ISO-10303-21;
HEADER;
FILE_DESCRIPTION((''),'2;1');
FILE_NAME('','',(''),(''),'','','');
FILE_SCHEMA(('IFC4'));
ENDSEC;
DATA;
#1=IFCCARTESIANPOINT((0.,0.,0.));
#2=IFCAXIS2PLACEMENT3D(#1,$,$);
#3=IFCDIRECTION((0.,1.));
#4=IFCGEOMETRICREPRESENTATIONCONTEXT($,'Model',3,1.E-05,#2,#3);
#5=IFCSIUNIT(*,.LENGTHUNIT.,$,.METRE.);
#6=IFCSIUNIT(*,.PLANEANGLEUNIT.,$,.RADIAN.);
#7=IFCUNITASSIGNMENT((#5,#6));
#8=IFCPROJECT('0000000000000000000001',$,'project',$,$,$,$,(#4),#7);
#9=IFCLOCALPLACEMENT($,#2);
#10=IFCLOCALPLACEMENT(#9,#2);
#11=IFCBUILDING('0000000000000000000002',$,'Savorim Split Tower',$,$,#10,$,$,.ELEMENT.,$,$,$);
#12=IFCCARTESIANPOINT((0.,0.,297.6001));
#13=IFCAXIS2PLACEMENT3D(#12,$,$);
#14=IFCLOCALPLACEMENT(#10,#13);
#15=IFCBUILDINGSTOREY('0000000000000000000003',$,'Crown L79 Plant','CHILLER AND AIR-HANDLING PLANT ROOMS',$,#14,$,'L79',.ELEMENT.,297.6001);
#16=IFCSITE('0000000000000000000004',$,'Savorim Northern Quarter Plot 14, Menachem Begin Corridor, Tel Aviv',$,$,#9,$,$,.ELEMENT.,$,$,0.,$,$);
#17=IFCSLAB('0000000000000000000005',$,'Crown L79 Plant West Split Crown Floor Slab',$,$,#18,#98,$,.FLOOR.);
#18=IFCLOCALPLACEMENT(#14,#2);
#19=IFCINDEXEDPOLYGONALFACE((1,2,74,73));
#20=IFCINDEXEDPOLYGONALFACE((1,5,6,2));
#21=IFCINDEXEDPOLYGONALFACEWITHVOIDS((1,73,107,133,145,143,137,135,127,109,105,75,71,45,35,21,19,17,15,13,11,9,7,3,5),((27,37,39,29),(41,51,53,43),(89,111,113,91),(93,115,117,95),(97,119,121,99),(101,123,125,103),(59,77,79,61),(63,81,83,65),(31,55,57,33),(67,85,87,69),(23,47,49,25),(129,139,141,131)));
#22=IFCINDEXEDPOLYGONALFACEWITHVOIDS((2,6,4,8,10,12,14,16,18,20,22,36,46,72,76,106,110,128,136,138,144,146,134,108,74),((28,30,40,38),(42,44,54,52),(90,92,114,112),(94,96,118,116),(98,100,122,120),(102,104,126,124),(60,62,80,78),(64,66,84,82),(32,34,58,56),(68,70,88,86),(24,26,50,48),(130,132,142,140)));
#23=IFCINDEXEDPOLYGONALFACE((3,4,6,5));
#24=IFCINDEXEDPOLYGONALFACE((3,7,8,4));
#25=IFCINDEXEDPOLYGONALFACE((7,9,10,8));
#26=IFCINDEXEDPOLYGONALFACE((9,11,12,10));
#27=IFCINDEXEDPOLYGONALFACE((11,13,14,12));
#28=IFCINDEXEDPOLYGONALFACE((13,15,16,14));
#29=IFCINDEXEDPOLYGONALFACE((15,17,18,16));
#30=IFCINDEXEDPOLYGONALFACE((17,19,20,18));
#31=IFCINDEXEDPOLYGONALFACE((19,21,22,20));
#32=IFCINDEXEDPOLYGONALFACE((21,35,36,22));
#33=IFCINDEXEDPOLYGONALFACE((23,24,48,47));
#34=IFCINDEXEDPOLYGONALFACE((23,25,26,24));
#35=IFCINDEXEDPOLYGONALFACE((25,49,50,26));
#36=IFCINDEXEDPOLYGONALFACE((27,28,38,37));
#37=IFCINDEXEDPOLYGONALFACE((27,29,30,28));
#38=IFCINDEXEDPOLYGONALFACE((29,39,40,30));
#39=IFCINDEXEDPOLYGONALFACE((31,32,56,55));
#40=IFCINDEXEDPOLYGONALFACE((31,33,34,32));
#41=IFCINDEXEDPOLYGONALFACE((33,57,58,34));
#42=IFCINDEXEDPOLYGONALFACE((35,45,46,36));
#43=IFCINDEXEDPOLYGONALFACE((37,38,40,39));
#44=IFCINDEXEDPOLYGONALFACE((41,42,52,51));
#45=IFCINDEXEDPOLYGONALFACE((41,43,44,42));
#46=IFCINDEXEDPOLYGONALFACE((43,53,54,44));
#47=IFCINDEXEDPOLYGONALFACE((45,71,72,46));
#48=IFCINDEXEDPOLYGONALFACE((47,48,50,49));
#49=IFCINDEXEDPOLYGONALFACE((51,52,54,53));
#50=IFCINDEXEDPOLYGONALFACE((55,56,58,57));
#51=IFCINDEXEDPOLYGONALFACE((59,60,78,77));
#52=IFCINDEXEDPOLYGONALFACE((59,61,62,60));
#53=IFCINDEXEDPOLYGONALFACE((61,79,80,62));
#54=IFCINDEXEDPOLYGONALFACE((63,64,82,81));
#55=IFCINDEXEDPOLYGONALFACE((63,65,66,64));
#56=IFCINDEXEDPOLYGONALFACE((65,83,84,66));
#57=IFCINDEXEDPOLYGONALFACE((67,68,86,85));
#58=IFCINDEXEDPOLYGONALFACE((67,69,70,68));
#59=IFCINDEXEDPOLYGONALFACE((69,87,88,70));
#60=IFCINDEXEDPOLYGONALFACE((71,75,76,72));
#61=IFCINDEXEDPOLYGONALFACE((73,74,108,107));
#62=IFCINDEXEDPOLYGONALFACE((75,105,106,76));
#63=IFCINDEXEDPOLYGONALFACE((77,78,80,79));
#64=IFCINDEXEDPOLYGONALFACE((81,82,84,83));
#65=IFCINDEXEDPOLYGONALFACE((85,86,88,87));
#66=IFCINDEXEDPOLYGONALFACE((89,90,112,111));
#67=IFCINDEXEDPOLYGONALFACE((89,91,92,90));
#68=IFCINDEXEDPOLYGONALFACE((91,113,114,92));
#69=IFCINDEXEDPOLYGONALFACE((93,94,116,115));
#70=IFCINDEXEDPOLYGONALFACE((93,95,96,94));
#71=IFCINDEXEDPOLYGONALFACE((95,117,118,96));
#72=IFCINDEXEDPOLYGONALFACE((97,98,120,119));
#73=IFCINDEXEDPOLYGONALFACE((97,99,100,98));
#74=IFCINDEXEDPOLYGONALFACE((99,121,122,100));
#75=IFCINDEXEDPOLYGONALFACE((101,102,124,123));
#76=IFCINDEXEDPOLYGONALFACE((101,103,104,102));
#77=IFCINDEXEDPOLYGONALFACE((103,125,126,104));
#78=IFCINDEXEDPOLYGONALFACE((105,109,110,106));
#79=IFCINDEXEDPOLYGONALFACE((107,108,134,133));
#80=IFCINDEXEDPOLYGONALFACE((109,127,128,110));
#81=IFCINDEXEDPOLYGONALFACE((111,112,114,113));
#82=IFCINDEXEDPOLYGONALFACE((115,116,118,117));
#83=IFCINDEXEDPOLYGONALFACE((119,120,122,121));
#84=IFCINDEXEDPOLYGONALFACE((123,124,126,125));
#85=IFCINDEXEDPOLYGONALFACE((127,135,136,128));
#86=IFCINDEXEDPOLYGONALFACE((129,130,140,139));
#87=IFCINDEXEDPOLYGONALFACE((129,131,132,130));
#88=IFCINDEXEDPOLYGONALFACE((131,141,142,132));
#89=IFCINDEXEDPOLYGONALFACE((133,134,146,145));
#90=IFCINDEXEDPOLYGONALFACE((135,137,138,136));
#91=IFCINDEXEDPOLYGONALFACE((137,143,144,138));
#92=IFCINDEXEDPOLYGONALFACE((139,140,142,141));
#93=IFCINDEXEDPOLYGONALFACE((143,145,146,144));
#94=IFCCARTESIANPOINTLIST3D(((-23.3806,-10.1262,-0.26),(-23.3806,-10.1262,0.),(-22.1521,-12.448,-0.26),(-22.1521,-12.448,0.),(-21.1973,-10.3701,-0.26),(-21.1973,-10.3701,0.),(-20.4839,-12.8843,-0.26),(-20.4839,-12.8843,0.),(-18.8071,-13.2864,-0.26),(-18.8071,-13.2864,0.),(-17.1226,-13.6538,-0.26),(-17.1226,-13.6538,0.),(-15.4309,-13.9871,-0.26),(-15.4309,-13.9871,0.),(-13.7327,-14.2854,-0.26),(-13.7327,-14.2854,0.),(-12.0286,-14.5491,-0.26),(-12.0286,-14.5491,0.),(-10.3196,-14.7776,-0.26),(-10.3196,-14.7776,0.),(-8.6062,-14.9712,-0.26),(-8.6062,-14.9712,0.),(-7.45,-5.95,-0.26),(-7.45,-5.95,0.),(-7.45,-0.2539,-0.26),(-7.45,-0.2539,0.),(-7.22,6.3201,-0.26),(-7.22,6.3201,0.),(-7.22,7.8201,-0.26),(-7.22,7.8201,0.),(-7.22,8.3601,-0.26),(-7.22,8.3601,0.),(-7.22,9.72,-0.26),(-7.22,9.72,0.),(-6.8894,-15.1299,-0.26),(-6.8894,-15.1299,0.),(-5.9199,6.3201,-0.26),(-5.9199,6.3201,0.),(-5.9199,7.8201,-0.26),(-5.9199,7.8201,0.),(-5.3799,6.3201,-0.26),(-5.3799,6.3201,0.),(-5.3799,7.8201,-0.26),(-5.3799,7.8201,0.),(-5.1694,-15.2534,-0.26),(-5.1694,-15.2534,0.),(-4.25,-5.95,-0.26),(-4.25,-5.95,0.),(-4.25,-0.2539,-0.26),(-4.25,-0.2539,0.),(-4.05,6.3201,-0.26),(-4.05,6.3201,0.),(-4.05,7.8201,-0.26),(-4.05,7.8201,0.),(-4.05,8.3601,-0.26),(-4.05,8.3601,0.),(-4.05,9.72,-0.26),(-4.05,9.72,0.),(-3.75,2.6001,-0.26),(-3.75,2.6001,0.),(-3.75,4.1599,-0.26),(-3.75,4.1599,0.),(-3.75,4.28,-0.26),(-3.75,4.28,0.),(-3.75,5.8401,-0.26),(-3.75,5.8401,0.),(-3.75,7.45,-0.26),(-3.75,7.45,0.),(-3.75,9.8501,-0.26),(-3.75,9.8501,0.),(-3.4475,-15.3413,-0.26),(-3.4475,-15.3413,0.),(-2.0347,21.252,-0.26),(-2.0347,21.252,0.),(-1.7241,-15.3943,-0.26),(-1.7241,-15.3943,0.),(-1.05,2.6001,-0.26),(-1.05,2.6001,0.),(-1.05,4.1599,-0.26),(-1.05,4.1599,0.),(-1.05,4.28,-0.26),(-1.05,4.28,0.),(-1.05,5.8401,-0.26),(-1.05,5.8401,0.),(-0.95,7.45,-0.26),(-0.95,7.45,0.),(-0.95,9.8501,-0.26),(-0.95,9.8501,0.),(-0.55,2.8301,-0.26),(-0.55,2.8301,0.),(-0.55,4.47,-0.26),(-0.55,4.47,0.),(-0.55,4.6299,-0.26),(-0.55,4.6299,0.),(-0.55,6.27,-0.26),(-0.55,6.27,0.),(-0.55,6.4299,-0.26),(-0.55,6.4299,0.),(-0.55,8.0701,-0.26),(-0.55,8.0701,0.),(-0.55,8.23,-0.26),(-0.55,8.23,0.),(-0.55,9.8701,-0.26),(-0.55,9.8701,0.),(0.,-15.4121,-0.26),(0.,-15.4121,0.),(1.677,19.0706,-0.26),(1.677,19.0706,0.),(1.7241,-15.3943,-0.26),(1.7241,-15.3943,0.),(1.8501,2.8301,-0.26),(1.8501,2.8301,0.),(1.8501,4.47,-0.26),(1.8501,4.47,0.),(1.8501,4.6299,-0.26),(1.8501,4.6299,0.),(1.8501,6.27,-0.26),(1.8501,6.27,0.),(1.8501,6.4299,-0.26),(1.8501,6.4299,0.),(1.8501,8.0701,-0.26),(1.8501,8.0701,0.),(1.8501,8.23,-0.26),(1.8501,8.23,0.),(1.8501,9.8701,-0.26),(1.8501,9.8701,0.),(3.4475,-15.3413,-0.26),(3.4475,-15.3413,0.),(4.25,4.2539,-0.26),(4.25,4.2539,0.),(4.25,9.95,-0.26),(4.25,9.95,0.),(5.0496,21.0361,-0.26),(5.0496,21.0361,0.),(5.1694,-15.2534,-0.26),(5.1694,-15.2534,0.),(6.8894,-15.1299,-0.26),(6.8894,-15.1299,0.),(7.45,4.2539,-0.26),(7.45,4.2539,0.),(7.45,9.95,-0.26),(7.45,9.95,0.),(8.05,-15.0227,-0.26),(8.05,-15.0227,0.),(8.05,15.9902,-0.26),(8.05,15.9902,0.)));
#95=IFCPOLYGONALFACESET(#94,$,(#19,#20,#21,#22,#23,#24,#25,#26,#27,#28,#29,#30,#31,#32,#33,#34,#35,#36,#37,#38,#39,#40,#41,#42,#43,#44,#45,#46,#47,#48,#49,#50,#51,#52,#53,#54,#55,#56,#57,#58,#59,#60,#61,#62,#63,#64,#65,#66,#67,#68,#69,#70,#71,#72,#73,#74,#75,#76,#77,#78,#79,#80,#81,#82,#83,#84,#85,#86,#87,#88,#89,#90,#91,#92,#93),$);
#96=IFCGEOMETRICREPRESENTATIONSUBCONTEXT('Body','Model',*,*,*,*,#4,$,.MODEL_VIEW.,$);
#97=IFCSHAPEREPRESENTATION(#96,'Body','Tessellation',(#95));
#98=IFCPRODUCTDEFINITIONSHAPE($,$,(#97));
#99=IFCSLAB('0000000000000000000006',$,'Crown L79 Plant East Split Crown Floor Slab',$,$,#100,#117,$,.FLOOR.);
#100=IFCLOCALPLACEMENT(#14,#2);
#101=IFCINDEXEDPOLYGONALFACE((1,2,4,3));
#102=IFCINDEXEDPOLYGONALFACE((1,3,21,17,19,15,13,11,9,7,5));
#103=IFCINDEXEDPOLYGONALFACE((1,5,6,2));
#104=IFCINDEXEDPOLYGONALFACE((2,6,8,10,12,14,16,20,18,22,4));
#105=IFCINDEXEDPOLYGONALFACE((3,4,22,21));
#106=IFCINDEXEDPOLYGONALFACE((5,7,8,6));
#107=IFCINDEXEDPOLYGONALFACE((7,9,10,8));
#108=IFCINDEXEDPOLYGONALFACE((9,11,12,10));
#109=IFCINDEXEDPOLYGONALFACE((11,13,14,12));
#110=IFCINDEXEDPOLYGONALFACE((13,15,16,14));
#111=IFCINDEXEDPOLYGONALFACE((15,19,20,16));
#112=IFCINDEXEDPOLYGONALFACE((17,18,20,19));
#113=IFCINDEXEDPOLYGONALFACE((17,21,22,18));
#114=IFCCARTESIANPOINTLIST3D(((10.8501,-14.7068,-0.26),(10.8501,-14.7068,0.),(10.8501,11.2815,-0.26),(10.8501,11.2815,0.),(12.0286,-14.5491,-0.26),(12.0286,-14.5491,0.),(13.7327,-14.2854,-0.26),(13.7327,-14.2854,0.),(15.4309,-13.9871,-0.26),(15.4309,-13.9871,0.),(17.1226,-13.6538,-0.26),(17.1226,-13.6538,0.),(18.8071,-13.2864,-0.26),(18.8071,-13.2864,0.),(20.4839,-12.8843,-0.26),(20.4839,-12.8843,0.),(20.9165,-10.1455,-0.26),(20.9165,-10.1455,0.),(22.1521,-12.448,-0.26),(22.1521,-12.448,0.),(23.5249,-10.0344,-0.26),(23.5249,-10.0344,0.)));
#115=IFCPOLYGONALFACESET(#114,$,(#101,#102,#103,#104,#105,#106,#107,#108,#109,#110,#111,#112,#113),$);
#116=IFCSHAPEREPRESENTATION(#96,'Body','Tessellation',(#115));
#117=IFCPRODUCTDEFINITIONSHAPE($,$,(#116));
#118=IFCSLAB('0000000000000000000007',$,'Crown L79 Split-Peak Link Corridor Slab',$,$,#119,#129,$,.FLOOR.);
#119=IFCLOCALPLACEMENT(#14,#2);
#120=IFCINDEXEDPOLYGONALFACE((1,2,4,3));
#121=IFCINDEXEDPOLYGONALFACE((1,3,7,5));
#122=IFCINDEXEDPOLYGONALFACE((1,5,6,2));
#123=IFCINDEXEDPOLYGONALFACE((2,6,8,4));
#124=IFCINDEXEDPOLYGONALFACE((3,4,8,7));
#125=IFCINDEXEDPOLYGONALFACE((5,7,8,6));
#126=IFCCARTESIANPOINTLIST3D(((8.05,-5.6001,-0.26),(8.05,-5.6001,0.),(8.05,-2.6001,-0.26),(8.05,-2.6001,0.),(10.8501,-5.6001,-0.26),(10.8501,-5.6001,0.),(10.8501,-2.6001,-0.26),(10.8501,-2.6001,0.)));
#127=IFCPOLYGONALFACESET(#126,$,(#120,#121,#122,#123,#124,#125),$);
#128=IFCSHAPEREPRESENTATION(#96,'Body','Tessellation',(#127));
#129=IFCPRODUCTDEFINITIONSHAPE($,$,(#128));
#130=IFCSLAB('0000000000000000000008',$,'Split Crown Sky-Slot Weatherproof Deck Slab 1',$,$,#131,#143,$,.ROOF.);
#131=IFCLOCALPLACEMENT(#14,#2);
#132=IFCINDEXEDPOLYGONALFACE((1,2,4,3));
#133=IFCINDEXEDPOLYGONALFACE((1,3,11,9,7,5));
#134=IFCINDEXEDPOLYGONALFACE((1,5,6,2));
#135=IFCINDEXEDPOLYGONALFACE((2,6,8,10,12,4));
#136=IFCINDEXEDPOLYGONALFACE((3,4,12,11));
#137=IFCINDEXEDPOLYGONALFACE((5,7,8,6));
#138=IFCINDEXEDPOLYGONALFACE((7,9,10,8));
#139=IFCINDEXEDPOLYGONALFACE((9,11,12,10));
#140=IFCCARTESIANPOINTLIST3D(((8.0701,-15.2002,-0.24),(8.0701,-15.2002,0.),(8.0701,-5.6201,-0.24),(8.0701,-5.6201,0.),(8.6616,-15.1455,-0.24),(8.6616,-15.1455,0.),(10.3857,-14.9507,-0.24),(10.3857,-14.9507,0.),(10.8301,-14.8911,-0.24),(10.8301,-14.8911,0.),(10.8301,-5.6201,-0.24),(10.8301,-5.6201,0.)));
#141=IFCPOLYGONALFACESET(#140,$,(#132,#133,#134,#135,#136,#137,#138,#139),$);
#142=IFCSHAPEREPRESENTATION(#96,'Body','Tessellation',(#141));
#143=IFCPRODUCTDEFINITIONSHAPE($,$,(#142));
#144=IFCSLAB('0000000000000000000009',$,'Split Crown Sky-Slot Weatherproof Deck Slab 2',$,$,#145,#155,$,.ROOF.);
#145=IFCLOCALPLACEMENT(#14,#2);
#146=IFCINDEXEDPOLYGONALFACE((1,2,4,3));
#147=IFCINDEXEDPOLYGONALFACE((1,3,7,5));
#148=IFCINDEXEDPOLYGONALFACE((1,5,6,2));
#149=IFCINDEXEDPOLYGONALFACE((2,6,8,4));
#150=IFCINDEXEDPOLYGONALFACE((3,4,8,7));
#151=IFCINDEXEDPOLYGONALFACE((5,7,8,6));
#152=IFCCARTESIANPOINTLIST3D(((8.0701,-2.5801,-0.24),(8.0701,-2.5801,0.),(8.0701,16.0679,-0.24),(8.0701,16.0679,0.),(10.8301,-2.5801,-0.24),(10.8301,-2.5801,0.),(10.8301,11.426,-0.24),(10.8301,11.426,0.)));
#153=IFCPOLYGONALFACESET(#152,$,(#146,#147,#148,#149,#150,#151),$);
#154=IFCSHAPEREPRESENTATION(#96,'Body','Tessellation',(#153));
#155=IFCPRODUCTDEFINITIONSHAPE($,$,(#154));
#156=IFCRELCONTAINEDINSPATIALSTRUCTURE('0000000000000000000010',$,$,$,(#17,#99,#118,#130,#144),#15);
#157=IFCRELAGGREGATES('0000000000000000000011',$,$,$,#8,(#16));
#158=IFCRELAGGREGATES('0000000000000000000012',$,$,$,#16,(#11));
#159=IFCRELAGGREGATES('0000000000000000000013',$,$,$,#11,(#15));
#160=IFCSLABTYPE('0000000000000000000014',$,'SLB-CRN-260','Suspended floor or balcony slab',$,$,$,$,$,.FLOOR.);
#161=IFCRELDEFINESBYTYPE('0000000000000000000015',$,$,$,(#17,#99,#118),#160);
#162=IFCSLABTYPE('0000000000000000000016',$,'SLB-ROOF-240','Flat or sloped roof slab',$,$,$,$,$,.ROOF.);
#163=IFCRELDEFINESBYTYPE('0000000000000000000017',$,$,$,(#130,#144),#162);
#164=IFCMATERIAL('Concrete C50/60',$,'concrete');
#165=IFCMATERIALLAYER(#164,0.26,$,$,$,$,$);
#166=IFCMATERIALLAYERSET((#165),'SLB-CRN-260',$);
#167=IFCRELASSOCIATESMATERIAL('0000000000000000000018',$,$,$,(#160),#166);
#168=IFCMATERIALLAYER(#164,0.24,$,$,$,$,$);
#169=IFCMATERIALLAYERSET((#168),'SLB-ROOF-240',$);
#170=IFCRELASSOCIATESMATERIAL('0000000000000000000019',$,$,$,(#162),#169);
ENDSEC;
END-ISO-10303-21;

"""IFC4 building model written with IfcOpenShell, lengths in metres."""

from ifc_helpers import new_model, si_unit, direction, frame, origin, place, context, subcontext, project, spatial, polyline, outline, extrude, material, layer, layer_set, type_object, element, save


model = new_model("IFC4")

# Units and contexts
model_context = context("Model", 3, precision=1e-05, world=origin(), true_north=direction((0.0, 1.0)))
body_context = subcontext(model_context, "Body", "Model", "MODEL_VIEW")
ifc_project = project(units=[si_unit("LENGTHUNIT", "METRE"), si_unit("PLANEANGLEUNIT", "RADIAN")], contexts=[model_context])

# Site, building, storey
site_placement = place(None, origin())
site = spatial("IfcSite", under=ifc_project, at=site_placement, Name="Savorim Northern Quarter Plot 14, Menachem Begin Corridor, Tel Aviv", CompositionType="ELEMENT", RefElevation=0.0)
building_placement = place(site_placement, origin())
building = spatial("IfcBuilding", under=site, at=building_placement, Name="Savorim Split Tower", CompositionType="ELEMENT")
storey_placement = place(building_placement, frame((0.0, 0.0, 297.6001)))
storey = spatial("IfcBuildingStorey", under=building, at=storey_placement, Name="Crown L79 Plant", Description="CHILLER AND AIR-HANDLING PLANT ROOMS", LongName="L79", CompositionType="ELEMENT", Elevation=297.6001)

# Slabs
ifc_material_1 = material(Name="Concrete C50/60", Category="concrete")
ifc_layer_1 = layer(ifc_material_1, 0.26)
ifc_layer_set_1 = layer_set([ifc_layer_1], Name="SLB-CRN-260")
slab_type_1 = type_object("IfcSlabType", Name="SLB-CRN-260", Description="Suspended floor or balcony slab", PredefinedType="FLOOR", material=ifc_layer_set_1)
slab_1_placement = place(storey_placement, frame((0.0, 0.0, -0.26)))
element("IfcSlab", 1, at=slab_1_placement, inside=storey, type_object=slab_type_1, Name="Crown L79 Plant West Split Crown Floor Slab", PredefinedType="FLOOR", context=body_context, shape_type="SweptSolid", body=[
    extrude(outline(polyline([(8.05, -15.0227), (8.05, 15.9902), (5.0496, 21.0361), (1.677, 19.0706), (-2.0347, 21.252), (-23.3806, -10.1262), (-21.1973, -10.3701), (-22.1521, -12.448), (-20.4839, -12.8843), (-18.8071, -13.2864), (-17.1226, -13.6538), (-15.4309, -13.9871), (-13.7327, -14.2854), (-12.0286, -14.5491), (-10.3196, -14.7776), (-8.6062, -14.9712), (-6.8894, -15.1299), (-5.1694, -15.2534), (-3.4475, -15.3413), (-1.7241, -15.3943), (0.0, -15.4121), (1.7241, -15.3943), (3.4475, -15.3413), (5.1694, -15.2534), (6.8894, -15.1299), (8.05, -15.0227)]), holes=[polyline([(-7.45, -0.2539), (-7.45, -5.95), (-4.25, -5.95), (-4.25, -0.2539), (-7.45, -0.2539)]), polyline([(7.45, 4.2539), (7.45, 9.95), (4.25, 9.95), (4.25, 4.2539), (7.45, 4.2539)]), polyline([(-0.55, 2.8301), (1.8501, 2.8301), (1.8501, 4.47), (-0.55, 4.47), (-0.55, 2.8301)]), polyline([(-0.55, 4.6299), (1.8501, 4.6299), (1.8501, 6.27), (-0.55, 6.27), (-0.55, 4.6299)]), polyline([(-0.55, 6.4299), (1.8501, 6.4299), (1.8501, 8.0701), (-0.55, 8.0701), (-0.55, 6.4299)]), polyline([(-0.55, 8.23), (1.8501, 8.23), (1.8501, 9.8701), (-0.55, 9.8701), (-0.55, 8.23)]), polyline([(-3.75, 2.6001), (-1.05, 2.6001), (-1.05, 4.1599), (-3.75, 4.1599), (-3.75, 2.6001)]), polyline([(-3.75, 4.28), (-1.05, 4.28), (-1.05, 5.8401), (-3.75, 5.8401), (-3.75, 4.28)]), polyline([(-3.75, 7.45), (-0.95, 7.45), (-0.95, 9.8501), (-3.75, 9.8501), (-3.75, 7.45)]), polyline([(-7.22, 6.3201), (-5.9199, 6.3201), (-5.9199, 7.8201), (-7.22, 7.8201), (-7.22, 6.3201)]), polyline([(-5.3799, 6.3201), (-4.05, 6.3201), (-4.05, 7.8201), (-5.3799, 7.8201), (-5.3799, 6.3201)]), polyline([(-7.22, 8.3601), (-4.05, 8.3601), (-4.05, 9.72), (-7.22, 9.72), (-7.22, 8.3601)])]), origin(), (0.0, 0.0, 1.0), 0.26),
])
slab_2_placement = place(storey_placement, frame((0.0, 0.0, -0.26)))
element("IfcSlab", 2, at=slab_2_placement, inside=storey, type_object=slab_type_1, Name="Crown L79 Plant East Split Crown Floor Slab", PredefinedType="FLOOR", context=body_context, shape_type="SweptSolid", body=[
    extrude(outline(polyline([(10.8501, 11.2815), (10.8501, -14.7068), (12.0286, -14.5491), (13.7327, -14.2854), (15.4309, -13.9871), (17.1226, -13.6538), (18.8071, -13.2864), (20.4839, -12.8843), (22.1521, -12.448), (20.9165, -10.1455), (23.5249, -10.0344), (10.8501, 11.2815)])), origin(), (0.0, 0.0, 1.0), 0.26),
])
slab_3_placement = place(storey_placement, frame((0.0, 0.0, -0.26)))
element("IfcSlab", 3, at=slab_3_placement, inside=storey, type_object=slab_type_1, Name="Crown L79 Split-Peak Link Corridor Slab", PredefinedType="FLOOR", context=body_context, shape_type="SweptSolid", body=[
    extrude(outline(polyline([(8.05, -5.6001), (10.8501, -5.6001), (10.8501, -2.6001), (8.05, -2.6001), (8.05, -5.6001)])), origin(), (0.0, 0.0, 1.0), 0.26),
])
ifc_layer_2 = layer(ifc_material_1, 0.24)
ifc_layer_set_2 = layer_set([ifc_layer_2], Name="SLB-ROOF-240")
slab_type_2 = type_object("IfcSlabType", Name="SLB-ROOF-240", Description="Flat or sloped roof slab", PredefinedType="ROOF", material=ifc_layer_set_2)
slab_4_placement = place(storey_placement, frame((0.0, 0.0, -0.24)))
element("IfcSlab", 4, at=slab_4_placement, inside=storey, type_object=slab_type_2, Name="Split Crown Sky-Slot Weatherproof Deck Slab 1", PredefinedType="ROOF", context=body_context, shape_type="SweptSolid", body=[
    extrude(outline(polyline([(10.3857, -14.9507), (10.8301, -14.8911), (10.8301, -5.6201), (8.0701, -5.6201), (8.0701, -15.2002), (8.6616, -15.1455), (10.3857, -14.9507)])), origin(), (0.0, 0.0, 1.0), 0.24),
])
slab_5_placement = place(storey_placement, frame((0.0, 0.0, -0.24)))
element("IfcSlab", 5, at=slab_5_placement, inside=storey, type_object=slab_type_2, Name="Split Crown Sky-Slot Weatherproof Deck Slab 2", PredefinedType="ROOF", context=body_context, shape_type="SweptSolid", body=[
    extrude(outline(polyline([(8.0701, -2.5801), (10.8301, -2.5801), (10.8301, 11.426), (8.0701, 16.0679), (8.0701, -2.5801)])), origin(), (0.0, 0.0, 1.0), 0.24),
])

save(model, "model.ifc")
